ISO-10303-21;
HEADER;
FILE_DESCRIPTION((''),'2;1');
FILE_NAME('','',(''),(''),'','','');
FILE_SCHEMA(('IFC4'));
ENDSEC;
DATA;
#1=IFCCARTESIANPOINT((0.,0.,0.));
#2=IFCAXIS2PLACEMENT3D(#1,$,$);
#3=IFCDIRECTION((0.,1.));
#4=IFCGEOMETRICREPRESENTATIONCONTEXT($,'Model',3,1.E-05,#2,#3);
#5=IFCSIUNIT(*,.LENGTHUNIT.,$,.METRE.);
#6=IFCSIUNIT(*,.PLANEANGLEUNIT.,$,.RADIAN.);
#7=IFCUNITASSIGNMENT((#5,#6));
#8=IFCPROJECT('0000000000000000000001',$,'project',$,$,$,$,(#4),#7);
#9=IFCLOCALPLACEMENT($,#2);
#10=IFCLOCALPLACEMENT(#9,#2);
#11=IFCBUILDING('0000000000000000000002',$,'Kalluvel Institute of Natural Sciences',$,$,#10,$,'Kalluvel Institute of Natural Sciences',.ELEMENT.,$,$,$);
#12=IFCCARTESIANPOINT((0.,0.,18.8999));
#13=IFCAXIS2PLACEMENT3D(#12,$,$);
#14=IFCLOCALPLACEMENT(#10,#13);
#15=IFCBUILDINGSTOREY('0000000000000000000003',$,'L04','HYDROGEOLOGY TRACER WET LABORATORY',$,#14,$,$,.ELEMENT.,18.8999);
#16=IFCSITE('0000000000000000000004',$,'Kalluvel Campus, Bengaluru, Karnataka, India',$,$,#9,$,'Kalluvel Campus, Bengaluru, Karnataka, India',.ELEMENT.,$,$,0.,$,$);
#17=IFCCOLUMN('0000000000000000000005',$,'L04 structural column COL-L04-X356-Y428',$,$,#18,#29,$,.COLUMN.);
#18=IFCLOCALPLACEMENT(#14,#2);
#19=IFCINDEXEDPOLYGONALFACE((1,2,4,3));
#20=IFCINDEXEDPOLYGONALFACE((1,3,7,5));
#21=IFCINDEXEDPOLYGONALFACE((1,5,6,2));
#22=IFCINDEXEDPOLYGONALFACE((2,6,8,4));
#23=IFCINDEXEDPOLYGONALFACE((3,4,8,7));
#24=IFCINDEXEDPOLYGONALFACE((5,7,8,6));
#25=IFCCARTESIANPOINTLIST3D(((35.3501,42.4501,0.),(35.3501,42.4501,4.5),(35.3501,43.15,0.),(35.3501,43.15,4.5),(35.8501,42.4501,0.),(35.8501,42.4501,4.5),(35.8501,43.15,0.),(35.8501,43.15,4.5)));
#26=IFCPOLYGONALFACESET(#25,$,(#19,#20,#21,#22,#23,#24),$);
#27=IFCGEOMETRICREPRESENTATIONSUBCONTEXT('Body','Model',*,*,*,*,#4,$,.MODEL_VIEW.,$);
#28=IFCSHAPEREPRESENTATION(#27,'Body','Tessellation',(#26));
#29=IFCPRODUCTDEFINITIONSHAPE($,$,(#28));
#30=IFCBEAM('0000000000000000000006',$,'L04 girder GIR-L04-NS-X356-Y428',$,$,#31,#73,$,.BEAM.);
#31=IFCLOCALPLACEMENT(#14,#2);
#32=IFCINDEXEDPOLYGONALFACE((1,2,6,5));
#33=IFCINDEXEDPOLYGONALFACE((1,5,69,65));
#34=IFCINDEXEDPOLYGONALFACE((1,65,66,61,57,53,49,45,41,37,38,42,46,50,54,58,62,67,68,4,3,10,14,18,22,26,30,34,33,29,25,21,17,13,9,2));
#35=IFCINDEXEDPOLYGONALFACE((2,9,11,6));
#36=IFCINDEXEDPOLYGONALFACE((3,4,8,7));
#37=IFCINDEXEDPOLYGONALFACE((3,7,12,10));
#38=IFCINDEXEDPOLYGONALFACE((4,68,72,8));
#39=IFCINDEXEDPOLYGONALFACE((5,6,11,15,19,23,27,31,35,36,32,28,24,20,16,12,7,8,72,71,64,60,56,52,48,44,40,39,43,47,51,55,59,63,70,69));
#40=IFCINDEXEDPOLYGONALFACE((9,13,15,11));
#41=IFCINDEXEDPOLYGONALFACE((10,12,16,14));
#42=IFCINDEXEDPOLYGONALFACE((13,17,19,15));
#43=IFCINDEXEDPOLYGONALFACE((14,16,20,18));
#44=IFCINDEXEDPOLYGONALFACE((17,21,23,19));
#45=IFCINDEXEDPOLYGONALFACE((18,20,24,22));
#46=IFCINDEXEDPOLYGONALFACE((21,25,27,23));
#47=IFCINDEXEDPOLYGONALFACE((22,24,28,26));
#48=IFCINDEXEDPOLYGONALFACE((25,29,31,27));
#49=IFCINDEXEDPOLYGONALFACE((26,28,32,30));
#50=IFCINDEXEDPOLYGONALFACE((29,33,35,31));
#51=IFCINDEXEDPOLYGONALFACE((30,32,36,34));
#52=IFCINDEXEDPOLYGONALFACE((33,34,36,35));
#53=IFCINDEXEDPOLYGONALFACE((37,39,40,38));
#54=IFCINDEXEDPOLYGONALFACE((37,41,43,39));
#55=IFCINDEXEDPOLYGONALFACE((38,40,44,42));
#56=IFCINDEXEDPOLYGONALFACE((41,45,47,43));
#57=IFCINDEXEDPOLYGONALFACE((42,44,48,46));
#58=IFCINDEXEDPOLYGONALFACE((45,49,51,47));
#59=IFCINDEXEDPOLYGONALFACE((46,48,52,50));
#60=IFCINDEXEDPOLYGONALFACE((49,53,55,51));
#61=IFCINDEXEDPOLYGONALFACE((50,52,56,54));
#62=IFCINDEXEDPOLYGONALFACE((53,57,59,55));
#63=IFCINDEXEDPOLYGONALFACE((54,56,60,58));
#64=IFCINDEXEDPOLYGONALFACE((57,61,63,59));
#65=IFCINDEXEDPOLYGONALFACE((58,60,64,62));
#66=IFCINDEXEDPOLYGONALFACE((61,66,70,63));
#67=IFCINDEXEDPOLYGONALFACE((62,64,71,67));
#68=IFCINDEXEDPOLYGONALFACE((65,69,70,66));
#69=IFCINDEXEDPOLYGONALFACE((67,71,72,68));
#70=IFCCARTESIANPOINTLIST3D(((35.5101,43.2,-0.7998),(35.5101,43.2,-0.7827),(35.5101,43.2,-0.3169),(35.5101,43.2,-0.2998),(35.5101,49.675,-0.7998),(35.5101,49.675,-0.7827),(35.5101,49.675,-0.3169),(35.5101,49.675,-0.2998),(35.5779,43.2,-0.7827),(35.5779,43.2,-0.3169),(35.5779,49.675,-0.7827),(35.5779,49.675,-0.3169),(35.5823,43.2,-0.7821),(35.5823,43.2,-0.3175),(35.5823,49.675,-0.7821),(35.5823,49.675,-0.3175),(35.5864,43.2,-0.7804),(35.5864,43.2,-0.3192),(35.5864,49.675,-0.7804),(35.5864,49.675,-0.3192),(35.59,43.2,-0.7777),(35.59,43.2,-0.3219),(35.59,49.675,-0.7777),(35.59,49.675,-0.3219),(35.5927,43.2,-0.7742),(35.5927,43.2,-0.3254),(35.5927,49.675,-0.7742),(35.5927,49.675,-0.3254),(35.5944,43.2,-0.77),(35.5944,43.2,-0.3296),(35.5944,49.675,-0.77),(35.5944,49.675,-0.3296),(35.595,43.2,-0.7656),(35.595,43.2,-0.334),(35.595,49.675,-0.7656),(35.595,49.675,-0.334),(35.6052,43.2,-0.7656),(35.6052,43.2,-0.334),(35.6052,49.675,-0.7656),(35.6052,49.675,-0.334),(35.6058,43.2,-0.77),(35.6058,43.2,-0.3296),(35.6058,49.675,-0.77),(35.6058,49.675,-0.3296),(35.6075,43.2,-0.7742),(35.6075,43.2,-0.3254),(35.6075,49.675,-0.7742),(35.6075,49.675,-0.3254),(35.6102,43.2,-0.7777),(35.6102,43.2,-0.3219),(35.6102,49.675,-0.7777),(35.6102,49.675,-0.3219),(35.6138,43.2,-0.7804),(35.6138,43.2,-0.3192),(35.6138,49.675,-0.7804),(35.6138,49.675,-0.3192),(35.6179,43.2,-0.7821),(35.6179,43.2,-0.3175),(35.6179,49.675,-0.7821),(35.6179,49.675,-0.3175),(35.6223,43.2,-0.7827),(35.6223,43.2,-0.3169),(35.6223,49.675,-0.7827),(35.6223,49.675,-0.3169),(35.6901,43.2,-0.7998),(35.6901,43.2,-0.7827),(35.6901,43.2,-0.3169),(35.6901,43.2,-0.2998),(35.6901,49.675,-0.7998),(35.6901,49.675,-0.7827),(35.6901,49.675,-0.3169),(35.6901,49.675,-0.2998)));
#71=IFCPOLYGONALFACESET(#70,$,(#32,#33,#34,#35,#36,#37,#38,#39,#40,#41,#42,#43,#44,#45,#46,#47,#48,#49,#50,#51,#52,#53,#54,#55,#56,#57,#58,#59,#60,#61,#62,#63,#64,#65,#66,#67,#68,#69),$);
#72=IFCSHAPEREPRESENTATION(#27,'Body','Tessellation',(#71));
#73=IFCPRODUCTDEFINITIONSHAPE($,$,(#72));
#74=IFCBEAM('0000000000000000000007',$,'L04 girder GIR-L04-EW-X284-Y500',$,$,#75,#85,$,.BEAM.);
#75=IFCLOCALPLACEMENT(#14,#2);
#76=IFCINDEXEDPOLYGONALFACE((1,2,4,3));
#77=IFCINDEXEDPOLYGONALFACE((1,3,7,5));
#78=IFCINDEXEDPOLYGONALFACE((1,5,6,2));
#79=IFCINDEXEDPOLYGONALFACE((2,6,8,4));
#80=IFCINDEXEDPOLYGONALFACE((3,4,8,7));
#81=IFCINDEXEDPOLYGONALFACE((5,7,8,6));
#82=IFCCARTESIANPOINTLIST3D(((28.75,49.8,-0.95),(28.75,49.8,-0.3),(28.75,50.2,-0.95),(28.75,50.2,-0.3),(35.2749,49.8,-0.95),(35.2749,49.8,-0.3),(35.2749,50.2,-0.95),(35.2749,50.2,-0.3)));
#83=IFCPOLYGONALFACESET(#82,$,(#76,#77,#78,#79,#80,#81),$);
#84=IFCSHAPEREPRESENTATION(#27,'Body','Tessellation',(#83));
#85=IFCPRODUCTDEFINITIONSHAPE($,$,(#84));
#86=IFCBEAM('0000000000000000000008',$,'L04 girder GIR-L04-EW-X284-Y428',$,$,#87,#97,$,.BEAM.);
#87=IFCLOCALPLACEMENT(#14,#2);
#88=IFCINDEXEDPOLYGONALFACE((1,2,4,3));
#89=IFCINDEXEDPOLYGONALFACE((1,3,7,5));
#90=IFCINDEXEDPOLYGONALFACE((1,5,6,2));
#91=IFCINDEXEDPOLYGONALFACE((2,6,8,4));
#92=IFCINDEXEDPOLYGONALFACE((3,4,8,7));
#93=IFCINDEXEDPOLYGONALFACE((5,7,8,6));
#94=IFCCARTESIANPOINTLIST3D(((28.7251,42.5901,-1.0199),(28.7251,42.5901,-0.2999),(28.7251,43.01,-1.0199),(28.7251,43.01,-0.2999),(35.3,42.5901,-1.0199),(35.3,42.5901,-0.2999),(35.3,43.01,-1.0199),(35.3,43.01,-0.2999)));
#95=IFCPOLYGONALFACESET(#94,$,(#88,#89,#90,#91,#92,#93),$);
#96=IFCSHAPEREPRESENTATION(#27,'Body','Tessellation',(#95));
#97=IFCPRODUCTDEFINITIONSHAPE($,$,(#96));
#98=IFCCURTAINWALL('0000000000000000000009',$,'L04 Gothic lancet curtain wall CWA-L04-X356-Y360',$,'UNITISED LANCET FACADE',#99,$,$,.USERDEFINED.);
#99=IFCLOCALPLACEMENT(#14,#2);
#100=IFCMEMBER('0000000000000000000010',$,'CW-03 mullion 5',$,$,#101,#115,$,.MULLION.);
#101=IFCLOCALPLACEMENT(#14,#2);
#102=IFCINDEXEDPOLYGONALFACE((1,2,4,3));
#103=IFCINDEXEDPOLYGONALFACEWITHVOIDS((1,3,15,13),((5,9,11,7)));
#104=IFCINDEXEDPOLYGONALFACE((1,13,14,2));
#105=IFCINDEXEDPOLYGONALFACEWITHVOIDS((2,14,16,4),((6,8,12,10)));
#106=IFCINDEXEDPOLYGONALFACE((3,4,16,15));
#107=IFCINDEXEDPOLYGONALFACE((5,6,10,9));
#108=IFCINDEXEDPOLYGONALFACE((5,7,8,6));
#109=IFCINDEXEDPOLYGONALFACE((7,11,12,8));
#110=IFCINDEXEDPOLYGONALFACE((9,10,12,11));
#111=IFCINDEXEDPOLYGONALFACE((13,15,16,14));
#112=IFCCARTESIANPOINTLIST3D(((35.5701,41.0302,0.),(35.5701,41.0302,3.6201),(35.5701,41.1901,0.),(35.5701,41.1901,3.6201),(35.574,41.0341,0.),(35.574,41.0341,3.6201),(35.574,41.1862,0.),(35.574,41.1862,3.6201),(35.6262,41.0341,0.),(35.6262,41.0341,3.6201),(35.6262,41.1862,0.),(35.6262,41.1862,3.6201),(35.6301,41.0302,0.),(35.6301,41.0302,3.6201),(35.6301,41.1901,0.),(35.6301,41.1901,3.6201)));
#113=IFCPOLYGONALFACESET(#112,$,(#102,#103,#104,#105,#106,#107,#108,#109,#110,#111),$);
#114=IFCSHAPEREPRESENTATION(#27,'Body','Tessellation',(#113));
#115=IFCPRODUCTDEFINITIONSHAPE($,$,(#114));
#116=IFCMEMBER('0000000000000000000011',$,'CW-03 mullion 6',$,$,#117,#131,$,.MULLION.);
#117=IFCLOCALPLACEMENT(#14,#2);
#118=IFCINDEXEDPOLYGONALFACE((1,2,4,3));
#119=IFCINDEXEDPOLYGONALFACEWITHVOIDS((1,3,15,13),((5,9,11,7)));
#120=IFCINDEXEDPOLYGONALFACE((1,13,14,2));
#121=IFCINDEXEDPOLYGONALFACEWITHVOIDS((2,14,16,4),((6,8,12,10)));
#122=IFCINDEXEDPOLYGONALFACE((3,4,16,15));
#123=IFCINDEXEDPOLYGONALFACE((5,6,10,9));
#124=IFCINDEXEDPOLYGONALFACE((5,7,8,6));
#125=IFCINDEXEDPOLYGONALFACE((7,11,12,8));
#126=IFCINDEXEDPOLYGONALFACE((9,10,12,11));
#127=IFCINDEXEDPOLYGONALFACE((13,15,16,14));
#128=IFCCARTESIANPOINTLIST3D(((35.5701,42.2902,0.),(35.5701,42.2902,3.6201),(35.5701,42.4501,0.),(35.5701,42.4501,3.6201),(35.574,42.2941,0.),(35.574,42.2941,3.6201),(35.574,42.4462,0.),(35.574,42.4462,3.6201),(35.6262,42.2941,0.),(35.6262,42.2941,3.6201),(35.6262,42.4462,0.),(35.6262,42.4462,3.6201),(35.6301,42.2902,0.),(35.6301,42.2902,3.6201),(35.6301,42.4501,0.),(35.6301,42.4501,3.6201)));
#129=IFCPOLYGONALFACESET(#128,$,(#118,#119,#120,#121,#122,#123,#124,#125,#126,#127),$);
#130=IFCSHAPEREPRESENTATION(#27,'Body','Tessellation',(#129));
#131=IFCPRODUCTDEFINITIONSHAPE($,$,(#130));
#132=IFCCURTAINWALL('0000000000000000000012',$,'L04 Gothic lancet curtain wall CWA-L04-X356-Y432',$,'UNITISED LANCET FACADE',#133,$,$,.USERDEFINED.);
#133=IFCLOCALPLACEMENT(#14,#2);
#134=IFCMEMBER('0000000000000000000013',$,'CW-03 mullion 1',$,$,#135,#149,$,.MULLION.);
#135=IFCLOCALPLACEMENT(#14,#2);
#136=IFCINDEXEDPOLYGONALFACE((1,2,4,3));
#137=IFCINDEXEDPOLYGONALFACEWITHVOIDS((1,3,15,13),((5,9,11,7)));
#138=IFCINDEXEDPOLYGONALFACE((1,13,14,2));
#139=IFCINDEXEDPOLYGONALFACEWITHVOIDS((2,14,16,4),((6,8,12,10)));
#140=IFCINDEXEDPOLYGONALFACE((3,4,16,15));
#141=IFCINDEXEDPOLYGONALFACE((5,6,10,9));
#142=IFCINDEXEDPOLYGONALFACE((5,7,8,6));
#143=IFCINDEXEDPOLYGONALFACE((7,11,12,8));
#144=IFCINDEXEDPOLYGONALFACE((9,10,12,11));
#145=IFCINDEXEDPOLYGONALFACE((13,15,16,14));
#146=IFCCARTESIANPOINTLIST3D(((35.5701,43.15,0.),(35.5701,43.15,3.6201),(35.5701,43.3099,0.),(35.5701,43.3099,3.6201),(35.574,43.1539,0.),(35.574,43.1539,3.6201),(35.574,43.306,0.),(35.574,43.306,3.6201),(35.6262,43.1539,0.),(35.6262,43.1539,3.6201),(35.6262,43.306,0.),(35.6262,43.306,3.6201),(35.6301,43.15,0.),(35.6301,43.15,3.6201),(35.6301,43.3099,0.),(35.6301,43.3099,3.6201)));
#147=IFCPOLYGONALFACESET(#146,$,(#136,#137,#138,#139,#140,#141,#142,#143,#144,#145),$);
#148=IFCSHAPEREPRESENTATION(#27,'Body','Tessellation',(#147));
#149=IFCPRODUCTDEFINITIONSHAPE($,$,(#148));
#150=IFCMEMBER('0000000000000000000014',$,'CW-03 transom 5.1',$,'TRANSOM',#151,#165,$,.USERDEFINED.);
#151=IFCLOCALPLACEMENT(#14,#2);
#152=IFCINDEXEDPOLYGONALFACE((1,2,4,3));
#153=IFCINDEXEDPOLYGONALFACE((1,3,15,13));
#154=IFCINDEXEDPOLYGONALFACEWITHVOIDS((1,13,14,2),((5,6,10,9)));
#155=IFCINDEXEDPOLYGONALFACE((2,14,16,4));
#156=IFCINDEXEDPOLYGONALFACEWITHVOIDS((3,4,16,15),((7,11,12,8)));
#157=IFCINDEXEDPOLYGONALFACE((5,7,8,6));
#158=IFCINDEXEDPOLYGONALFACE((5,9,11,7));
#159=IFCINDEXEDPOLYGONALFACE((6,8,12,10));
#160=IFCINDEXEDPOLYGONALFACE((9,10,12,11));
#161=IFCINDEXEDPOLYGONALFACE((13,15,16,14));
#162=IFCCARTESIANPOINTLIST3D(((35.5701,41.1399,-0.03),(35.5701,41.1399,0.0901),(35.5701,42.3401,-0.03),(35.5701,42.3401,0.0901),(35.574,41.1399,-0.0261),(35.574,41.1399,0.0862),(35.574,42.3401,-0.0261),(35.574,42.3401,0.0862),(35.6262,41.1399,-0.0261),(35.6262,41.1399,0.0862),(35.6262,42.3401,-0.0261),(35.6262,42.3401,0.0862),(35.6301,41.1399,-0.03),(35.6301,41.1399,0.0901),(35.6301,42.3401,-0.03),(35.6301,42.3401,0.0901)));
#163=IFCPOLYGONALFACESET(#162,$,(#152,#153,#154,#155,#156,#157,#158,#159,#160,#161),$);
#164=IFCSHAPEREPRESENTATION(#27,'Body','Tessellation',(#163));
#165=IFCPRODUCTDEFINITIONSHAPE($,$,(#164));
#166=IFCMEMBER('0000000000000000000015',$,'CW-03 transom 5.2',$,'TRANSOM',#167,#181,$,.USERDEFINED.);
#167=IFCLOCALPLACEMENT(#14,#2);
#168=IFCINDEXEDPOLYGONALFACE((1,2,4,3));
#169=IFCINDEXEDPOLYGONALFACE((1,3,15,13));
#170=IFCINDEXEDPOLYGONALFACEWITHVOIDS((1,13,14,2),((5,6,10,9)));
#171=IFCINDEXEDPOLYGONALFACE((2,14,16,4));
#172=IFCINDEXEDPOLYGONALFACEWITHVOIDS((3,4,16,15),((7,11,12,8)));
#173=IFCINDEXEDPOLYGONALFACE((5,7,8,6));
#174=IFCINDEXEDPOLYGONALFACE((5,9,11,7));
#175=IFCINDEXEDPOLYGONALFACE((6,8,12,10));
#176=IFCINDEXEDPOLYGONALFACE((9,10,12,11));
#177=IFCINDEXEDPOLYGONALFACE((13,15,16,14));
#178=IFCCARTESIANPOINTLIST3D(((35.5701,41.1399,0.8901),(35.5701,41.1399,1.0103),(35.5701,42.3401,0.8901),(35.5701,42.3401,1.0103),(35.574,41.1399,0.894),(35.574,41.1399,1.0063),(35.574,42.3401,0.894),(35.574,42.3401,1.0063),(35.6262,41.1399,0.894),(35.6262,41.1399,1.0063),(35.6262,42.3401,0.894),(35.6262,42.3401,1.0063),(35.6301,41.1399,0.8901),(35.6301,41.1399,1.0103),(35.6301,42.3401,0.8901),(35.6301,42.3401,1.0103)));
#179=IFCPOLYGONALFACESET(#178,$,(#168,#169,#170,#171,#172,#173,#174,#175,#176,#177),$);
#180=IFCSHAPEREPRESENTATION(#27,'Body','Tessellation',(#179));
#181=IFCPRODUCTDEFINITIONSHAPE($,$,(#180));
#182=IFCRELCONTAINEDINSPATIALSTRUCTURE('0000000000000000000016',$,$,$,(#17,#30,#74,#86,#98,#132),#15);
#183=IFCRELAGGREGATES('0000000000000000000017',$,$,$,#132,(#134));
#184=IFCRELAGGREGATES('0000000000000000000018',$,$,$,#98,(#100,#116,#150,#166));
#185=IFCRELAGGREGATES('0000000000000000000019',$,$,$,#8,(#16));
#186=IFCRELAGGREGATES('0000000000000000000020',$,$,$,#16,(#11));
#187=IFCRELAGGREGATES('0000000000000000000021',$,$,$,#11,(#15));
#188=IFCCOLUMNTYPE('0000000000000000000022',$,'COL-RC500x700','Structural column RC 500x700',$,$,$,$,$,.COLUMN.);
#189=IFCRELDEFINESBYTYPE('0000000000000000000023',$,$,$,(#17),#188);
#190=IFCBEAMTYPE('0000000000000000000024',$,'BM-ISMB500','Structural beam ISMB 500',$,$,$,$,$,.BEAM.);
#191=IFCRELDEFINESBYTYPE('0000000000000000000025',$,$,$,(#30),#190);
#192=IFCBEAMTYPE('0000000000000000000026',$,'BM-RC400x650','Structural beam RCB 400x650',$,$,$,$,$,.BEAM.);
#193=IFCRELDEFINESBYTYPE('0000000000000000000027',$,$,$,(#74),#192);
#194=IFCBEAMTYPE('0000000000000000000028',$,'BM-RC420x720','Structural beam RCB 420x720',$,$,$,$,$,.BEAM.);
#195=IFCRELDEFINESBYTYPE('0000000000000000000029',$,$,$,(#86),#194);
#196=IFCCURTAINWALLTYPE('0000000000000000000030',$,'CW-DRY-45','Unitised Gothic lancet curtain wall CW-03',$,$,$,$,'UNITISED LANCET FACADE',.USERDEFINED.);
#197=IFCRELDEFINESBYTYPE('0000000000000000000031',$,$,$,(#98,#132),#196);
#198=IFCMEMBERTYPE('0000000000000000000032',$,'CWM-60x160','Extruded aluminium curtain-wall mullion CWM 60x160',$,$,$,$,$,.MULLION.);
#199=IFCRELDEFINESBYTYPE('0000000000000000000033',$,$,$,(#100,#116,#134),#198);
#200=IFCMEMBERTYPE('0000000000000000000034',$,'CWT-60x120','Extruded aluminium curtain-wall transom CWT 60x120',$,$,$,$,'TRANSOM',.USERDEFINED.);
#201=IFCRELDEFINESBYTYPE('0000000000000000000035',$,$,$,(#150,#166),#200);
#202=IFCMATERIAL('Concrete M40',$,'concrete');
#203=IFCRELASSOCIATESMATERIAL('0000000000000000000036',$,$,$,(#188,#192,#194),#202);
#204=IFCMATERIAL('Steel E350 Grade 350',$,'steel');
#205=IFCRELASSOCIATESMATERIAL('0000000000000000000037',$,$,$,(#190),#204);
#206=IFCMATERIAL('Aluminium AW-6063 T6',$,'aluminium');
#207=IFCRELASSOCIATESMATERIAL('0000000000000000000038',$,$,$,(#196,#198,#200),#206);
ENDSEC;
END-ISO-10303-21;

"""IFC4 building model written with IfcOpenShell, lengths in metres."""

from ifc_helpers import new_model, si_unit, direction, frame, origin, origin_2d, place, context, subcontext, project, spatial, rectangle, hollow_rectangle, i_section, extrude, material, material_profile, profile_set, type_object, element, aggregate, save


model = new_model("IFC4")

# Units and contexts
model_context = context("Model", 3, precision=1e-05, world=origin(), true_north=direction((0.0, 1.0)))
body_context = subcontext(model_context, "Body", "Model", "MODEL_VIEW")
ifc_project = project(units=[si_unit("LENGTHUNIT", "METRE"), si_unit("PLANEANGLEUNIT", "RADIAN")], contexts=[model_context])

# Site, building, storey
site_placement = place(None, origin())
site = spatial("IfcSite", under=ifc_project, at=site_placement, Name="Kalluvel Campus, Bengaluru, Karnataka, India", LongName="Kalluvel Campus, Bengaluru, Karnataka, India", CompositionType="ELEMENT", RefElevation=0.0)
building_placement = place(site_placement, origin())
building = spatial("IfcBuilding", under=site, at=building_placement, Name="Kalluvel Institute of Natural Sciences", LongName="Kalluvel Institute of Natural Sciences", CompositionType="ELEMENT")
storey_placement = place(building_placement, frame((0.0, 0.0, 18.8999)))
storey = spatial("IfcBuildingStorey", under=building, at=storey_placement, Name="L04", Description="HYDROGEOLOGY TRACER WET LABORATORY", CompositionType="ELEMENT", Elevation=18.8999)

# Column
ifc_material_1 = material(Name="Concrete M40", Category="concrete")
ifc_material_profile_1 = material_profile(ifc_material_1, rectangle(XDim=0.5, YDim=0.7, at=origin_2d()), Name="RC 500x700")
ifc_profile_set_1 = profile_set([ifc_material_profile_1], Name="Concrete M40")
column_type = type_object("IfcColumnType", Name="COL-RC500x700", Description="Structural column RC 500x700", PredefinedType="COLUMN", material=ifc_profile_set_1)
column_placement = place(storey_placement, frame((35.6001, 42.8, 0.0), z_axis=(0.0, 0.0, 1.0), x_axis=(1.0, 0.0, 0.0)))
element("IfcColumn", 1, at=column_placement, inside=storey, type_object=column_type, Name="L04 structural column COL-L04-X356-Y428", PredefinedType="COLUMN", context=body_context, shape_type="SweptSolid", body=[
    extrude(rectangle(XDim=0.5, YDim=0.7, at=origin_2d()), origin(), (0.0, 0.0, 1.0), 4.5),
])

# Beams
ifc_material_2 = material(Name="Steel E350 Grade 350", Category="steel")
ifc_material_profile_2 = material_profile(ifc_material_2, i_section(OverallWidth=0.1799, OverallDepth=0.5, WebThickness=0.0103, FlangeThickness=0.0171, FilletRadius=0.0171, at=origin_2d()), Name="ISMB 500")
ifc_profile_set_2 = profile_set([ifc_material_profile_2], Name="Steel E350 Grade 350")
beam_type_1 = type_object("IfcBeamType", Name="BM-ISMB500", Description="Structural beam ISMB 500", PredefinedType="BEAM", material=ifc_profile_set_2)
beam_1_placement = place(storey_placement, frame((35.6001, 43.2, -0.5498), z_axis=(0.0, 1.0, 0.0), x_axis=(-1.0, 0.0, 0.0)))
element("IfcBeam", 2, at=beam_1_placement, inside=storey, type_object=beam_type_1, Name="L04 girder GIR-L04-NS-X356-Y428", PredefinedType="BEAM", context=body_context, shape_type="SweptSolid", body=[
    extrude(i_section(OverallWidth=0.1799, OverallDepth=0.5, WebThickness=0.0103, FlangeThickness=0.0171, FilletRadius=0.0171, at=origin_2d()), origin(), (0.0, 0.0, 1.0), 6.4751),
])
ifc_material_profile_3 = material_profile(ifc_material_1, rectangle(XDim=0.3999, YDim=0.6499, at=origin_2d()), Name="RCB 400x650")
ifc_profile_set_3 = profile_set([ifc_material_profile_3], Name="Concrete M40")
beam_type_2 = type_object("IfcBeamType", Name="BM-RC400x650", Description="Structural beam RCB 400x650", PredefinedType="BEAM", material=ifc_profile_set_3)
beam_2_placement = place(storey_placement, frame((28.75, 50.0, -0.625), z_axis=(1.0, 0.0, 0.0), x_axis=(0.0, 1.0, 0.0)))
element("IfcBeam", 3, at=beam_2_placement, inside=storey, type_object=beam_type_2, Name="L04 girder GIR-L04-EW-X284-Y500", PredefinedType="BEAM", context=body_context, shape_type="SweptSolid", body=[
    extrude(rectangle(XDim=0.3999, YDim=0.6499, at=origin_2d()), origin(), (0.0, 0.0, 1.0), 6.5249),
])
ifc_material_profile_4 = material_profile(ifc_material_1, rectangle(XDim=0.4199, YDim=0.72, at=origin_2d()), Name="RCB 420x720")
ifc_profile_set_4 = profile_set([ifc_material_profile_4], Name="Concrete M40")
beam_type_3 = type_object("IfcBeamType", Name="BM-RC420x720", Description="Structural beam RCB 420x720", PredefinedType="BEAM", material=ifc_profile_set_4)
beam_3_placement = place(storey_placement, frame((28.7251, 42.8, -0.6599), z_axis=(1.0, 0.0, 0.0), x_axis=(0.0, 1.0, 0.0)))
element("IfcBeam", 4, at=beam_3_placement, inside=storey, type_object=beam_type_3, Name="L04 girder GIR-L04-EW-X284-Y428", PredefinedType="BEAM", context=body_context, shape_type="SweptSolid", body=[
    extrude(rectangle(XDim=0.4199, YDim=0.72, at=origin_2d()), origin(), (0.0, 0.0, 1.0), 6.575),
])

# Curtain wall, members
ifc_material_3 = material(Name="Aluminium AW-6063 T6", Category="aluminium")
curtain_wall_type = type_object("IfcCurtainWallType", Name="CW-DRY-45", Description="Unitised Gothic lancet curtain wall CW-03", ElementType="UNITISED LANCET FACADE", PredefinedType="USERDEFINED", material=ifc_material_3)
curtain_wall_1_placement = place(storey_placement, origin())
curtain_wall_1 = element("IfcCurtainWall", 5, at=curtain_wall_1_placement, inside=storey, type_object=curtain_wall_type, Name="L04 Gothic lancet curtain wall CWA-L04-X356-Y360", ObjectType="UNITISED LANCET FACADE", PredefinedType="USERDEFINED")
ifc_material_profile_5 = material_profile(ifc_material_3, hollow_rectangle(XDim=0.0601, YDim=0.1599, WallThickness=0.0039, at=origin_2d()), Name="CWM 60x160")
ifc_profile_set_5 = profile_set([ifc_material_profile_5], Name="Aluminium AW-6063 T6")
member_type_1 = type_object("IfcMemberType", Name="CWM-60x160", Description="Extruded aluminium curtain-wall mullion CWM 60x160", PredefinedType="MULLION", material=ifc_profile_set_5)
member_1_placement = place(storey_placement, frame((35.6001, 41.1101, 0.0), z_axis=(0.0, 0.0, 1.0), x_axis=(-1.0, 0.0, 0.0)))
member_1 = element("IfcMember", 6, at=member_1_placement, type_object=member_type_1, Name="CW-03 mullion 5", PredefinedType="MULLION", context=body_context, shape_type="SweptSolid", body=[
    extrude(hollow_rectangle(XDim=0.0601, YDim=0.1599, WallThickness=0.0039, at=origin_2d()), origin(), (0.0, 0.0, 1.0), 3.6201),
])
member_2_placement = place(storey_placement, frame((35.6001, 42.3701, 0.0), z_axis=(0.0, 0.0, 1.0), x_axis=(-1.0, 0.0, 0.0)))
member_2 = element("IfcMember", 7, at=member_2_placement, type_object=member_type_1, Name="CW-03 mullion 6", PredefinedType="MULLION", context=body_context, shape_type="SweptSolid", body=[
    extrude(hollow_rectangle(XDim=0.0601, YDim=0.1599, WallThickness=0.0039, at=origin_2d()), origin(), (0.0, 0.0, 1.0), 3.6201),
])

# Curtain wall, member
curtain_wall_2_placement = place(storey_placement, origin())
curtain_wall_2 = element("IfcCurtainWall", 8, at=curtain_wall_2_placement, inside=storey, type_object=curtain_wall_type, Name="L04 Gothic lancet curtain wall CWA-L04-X356-Y432", ObjectType="UNITISED LANCET FACADE", PredefinedType="USERDEFINED")
member_3_placement = place(storey_placement, frame((35.6001, 43.23, 0.0), z_axis=(0.0, 0.0, 1.0), x_axis=(-1.0, 0.0, 0.0)))
member_3 = element("IfcMember", 9, at=member_3_placement, type_object=member_type_1, Name="CW-03 mullion 1", PredefinedType="MULLION", context=body_context, shape_type="SweptSolid", body=[
    extrude(hollow_rectangle(XDim=0.0601, YDim=0.1599, WallThickness=0.0039, at=origin_2d()), origin(), (0.0, 0.0, 1.0), 3.6201),
])
aggregate(curtain_wall_2, [member_3])

# Members
ifc_material_profile_6 = material_profile(ifc_material_3, hollow_rectangle(XDim=0.0601, YDim=0.1201, WallThickness=0.0039, at=origin_2d()), Name="CWT 60x120")
ifc_profile_set_6 = profile_set([ifc_material_profile_6], Name="Aluminium AW-6063 T6")
member_type_2 = type_object("IfcMemberType", Name="CWT-60x120", Description="Extruded aluminium curtain-wall transom CWT 60x120", ElementType="TRANSOM", PredefinedType="USERDEFINED", material=ifc_profile_set_6)
member_4_placement = place(storey_placement, frame((35.6001, 41.1399, 0.03), z_axis=(0.0, 1.0, 0.0), x_axis=(-1.0, 0.0, 0.0)))
member_4 = element("IfcMember", 10, at=member_4_placement, type_object=member_type_2, Name="CW-03 transom 5.1", ObjectType="TRANSOM", PredefinedType="USERDEFINED", context=body_context, shape_type="SweptSolid", body=[
    extrude(hollow_rectangle(XDim=0.0601, YDim=0.1201, WallThickness=0.0039, at=origin_2d()), origin(), (0.0, 0.0, 1.0), 1.2002),
])
member_5_placement = place(storey_placement, frame((35.6001, 41.1399, 0.9502), z_axis=(0.0, 1.0, 0.0), x_axis=(-1.0, 0.0, 0.0)))
member_5 = element("IfcMember", 11, at=member_5_placement, type_object=member_type_2, Name="CW-03 transom 5.2", ObjectType="TRANSOM", PredefinedType="USERDEFINED", context=body_context, shape_type="SweptSolid", body=[
    extrude(hollow_rectangle(XDim=0.0601, YDim=0.1201, WallThickness=0.0039, at=origin_2d()), origin(), (0.0, 0.0, 1.0), 1.2002),
])

aggregate(curtain_wall_1, [member_1, member_2, member_4, member_5])

save(model, "model.ifc")
